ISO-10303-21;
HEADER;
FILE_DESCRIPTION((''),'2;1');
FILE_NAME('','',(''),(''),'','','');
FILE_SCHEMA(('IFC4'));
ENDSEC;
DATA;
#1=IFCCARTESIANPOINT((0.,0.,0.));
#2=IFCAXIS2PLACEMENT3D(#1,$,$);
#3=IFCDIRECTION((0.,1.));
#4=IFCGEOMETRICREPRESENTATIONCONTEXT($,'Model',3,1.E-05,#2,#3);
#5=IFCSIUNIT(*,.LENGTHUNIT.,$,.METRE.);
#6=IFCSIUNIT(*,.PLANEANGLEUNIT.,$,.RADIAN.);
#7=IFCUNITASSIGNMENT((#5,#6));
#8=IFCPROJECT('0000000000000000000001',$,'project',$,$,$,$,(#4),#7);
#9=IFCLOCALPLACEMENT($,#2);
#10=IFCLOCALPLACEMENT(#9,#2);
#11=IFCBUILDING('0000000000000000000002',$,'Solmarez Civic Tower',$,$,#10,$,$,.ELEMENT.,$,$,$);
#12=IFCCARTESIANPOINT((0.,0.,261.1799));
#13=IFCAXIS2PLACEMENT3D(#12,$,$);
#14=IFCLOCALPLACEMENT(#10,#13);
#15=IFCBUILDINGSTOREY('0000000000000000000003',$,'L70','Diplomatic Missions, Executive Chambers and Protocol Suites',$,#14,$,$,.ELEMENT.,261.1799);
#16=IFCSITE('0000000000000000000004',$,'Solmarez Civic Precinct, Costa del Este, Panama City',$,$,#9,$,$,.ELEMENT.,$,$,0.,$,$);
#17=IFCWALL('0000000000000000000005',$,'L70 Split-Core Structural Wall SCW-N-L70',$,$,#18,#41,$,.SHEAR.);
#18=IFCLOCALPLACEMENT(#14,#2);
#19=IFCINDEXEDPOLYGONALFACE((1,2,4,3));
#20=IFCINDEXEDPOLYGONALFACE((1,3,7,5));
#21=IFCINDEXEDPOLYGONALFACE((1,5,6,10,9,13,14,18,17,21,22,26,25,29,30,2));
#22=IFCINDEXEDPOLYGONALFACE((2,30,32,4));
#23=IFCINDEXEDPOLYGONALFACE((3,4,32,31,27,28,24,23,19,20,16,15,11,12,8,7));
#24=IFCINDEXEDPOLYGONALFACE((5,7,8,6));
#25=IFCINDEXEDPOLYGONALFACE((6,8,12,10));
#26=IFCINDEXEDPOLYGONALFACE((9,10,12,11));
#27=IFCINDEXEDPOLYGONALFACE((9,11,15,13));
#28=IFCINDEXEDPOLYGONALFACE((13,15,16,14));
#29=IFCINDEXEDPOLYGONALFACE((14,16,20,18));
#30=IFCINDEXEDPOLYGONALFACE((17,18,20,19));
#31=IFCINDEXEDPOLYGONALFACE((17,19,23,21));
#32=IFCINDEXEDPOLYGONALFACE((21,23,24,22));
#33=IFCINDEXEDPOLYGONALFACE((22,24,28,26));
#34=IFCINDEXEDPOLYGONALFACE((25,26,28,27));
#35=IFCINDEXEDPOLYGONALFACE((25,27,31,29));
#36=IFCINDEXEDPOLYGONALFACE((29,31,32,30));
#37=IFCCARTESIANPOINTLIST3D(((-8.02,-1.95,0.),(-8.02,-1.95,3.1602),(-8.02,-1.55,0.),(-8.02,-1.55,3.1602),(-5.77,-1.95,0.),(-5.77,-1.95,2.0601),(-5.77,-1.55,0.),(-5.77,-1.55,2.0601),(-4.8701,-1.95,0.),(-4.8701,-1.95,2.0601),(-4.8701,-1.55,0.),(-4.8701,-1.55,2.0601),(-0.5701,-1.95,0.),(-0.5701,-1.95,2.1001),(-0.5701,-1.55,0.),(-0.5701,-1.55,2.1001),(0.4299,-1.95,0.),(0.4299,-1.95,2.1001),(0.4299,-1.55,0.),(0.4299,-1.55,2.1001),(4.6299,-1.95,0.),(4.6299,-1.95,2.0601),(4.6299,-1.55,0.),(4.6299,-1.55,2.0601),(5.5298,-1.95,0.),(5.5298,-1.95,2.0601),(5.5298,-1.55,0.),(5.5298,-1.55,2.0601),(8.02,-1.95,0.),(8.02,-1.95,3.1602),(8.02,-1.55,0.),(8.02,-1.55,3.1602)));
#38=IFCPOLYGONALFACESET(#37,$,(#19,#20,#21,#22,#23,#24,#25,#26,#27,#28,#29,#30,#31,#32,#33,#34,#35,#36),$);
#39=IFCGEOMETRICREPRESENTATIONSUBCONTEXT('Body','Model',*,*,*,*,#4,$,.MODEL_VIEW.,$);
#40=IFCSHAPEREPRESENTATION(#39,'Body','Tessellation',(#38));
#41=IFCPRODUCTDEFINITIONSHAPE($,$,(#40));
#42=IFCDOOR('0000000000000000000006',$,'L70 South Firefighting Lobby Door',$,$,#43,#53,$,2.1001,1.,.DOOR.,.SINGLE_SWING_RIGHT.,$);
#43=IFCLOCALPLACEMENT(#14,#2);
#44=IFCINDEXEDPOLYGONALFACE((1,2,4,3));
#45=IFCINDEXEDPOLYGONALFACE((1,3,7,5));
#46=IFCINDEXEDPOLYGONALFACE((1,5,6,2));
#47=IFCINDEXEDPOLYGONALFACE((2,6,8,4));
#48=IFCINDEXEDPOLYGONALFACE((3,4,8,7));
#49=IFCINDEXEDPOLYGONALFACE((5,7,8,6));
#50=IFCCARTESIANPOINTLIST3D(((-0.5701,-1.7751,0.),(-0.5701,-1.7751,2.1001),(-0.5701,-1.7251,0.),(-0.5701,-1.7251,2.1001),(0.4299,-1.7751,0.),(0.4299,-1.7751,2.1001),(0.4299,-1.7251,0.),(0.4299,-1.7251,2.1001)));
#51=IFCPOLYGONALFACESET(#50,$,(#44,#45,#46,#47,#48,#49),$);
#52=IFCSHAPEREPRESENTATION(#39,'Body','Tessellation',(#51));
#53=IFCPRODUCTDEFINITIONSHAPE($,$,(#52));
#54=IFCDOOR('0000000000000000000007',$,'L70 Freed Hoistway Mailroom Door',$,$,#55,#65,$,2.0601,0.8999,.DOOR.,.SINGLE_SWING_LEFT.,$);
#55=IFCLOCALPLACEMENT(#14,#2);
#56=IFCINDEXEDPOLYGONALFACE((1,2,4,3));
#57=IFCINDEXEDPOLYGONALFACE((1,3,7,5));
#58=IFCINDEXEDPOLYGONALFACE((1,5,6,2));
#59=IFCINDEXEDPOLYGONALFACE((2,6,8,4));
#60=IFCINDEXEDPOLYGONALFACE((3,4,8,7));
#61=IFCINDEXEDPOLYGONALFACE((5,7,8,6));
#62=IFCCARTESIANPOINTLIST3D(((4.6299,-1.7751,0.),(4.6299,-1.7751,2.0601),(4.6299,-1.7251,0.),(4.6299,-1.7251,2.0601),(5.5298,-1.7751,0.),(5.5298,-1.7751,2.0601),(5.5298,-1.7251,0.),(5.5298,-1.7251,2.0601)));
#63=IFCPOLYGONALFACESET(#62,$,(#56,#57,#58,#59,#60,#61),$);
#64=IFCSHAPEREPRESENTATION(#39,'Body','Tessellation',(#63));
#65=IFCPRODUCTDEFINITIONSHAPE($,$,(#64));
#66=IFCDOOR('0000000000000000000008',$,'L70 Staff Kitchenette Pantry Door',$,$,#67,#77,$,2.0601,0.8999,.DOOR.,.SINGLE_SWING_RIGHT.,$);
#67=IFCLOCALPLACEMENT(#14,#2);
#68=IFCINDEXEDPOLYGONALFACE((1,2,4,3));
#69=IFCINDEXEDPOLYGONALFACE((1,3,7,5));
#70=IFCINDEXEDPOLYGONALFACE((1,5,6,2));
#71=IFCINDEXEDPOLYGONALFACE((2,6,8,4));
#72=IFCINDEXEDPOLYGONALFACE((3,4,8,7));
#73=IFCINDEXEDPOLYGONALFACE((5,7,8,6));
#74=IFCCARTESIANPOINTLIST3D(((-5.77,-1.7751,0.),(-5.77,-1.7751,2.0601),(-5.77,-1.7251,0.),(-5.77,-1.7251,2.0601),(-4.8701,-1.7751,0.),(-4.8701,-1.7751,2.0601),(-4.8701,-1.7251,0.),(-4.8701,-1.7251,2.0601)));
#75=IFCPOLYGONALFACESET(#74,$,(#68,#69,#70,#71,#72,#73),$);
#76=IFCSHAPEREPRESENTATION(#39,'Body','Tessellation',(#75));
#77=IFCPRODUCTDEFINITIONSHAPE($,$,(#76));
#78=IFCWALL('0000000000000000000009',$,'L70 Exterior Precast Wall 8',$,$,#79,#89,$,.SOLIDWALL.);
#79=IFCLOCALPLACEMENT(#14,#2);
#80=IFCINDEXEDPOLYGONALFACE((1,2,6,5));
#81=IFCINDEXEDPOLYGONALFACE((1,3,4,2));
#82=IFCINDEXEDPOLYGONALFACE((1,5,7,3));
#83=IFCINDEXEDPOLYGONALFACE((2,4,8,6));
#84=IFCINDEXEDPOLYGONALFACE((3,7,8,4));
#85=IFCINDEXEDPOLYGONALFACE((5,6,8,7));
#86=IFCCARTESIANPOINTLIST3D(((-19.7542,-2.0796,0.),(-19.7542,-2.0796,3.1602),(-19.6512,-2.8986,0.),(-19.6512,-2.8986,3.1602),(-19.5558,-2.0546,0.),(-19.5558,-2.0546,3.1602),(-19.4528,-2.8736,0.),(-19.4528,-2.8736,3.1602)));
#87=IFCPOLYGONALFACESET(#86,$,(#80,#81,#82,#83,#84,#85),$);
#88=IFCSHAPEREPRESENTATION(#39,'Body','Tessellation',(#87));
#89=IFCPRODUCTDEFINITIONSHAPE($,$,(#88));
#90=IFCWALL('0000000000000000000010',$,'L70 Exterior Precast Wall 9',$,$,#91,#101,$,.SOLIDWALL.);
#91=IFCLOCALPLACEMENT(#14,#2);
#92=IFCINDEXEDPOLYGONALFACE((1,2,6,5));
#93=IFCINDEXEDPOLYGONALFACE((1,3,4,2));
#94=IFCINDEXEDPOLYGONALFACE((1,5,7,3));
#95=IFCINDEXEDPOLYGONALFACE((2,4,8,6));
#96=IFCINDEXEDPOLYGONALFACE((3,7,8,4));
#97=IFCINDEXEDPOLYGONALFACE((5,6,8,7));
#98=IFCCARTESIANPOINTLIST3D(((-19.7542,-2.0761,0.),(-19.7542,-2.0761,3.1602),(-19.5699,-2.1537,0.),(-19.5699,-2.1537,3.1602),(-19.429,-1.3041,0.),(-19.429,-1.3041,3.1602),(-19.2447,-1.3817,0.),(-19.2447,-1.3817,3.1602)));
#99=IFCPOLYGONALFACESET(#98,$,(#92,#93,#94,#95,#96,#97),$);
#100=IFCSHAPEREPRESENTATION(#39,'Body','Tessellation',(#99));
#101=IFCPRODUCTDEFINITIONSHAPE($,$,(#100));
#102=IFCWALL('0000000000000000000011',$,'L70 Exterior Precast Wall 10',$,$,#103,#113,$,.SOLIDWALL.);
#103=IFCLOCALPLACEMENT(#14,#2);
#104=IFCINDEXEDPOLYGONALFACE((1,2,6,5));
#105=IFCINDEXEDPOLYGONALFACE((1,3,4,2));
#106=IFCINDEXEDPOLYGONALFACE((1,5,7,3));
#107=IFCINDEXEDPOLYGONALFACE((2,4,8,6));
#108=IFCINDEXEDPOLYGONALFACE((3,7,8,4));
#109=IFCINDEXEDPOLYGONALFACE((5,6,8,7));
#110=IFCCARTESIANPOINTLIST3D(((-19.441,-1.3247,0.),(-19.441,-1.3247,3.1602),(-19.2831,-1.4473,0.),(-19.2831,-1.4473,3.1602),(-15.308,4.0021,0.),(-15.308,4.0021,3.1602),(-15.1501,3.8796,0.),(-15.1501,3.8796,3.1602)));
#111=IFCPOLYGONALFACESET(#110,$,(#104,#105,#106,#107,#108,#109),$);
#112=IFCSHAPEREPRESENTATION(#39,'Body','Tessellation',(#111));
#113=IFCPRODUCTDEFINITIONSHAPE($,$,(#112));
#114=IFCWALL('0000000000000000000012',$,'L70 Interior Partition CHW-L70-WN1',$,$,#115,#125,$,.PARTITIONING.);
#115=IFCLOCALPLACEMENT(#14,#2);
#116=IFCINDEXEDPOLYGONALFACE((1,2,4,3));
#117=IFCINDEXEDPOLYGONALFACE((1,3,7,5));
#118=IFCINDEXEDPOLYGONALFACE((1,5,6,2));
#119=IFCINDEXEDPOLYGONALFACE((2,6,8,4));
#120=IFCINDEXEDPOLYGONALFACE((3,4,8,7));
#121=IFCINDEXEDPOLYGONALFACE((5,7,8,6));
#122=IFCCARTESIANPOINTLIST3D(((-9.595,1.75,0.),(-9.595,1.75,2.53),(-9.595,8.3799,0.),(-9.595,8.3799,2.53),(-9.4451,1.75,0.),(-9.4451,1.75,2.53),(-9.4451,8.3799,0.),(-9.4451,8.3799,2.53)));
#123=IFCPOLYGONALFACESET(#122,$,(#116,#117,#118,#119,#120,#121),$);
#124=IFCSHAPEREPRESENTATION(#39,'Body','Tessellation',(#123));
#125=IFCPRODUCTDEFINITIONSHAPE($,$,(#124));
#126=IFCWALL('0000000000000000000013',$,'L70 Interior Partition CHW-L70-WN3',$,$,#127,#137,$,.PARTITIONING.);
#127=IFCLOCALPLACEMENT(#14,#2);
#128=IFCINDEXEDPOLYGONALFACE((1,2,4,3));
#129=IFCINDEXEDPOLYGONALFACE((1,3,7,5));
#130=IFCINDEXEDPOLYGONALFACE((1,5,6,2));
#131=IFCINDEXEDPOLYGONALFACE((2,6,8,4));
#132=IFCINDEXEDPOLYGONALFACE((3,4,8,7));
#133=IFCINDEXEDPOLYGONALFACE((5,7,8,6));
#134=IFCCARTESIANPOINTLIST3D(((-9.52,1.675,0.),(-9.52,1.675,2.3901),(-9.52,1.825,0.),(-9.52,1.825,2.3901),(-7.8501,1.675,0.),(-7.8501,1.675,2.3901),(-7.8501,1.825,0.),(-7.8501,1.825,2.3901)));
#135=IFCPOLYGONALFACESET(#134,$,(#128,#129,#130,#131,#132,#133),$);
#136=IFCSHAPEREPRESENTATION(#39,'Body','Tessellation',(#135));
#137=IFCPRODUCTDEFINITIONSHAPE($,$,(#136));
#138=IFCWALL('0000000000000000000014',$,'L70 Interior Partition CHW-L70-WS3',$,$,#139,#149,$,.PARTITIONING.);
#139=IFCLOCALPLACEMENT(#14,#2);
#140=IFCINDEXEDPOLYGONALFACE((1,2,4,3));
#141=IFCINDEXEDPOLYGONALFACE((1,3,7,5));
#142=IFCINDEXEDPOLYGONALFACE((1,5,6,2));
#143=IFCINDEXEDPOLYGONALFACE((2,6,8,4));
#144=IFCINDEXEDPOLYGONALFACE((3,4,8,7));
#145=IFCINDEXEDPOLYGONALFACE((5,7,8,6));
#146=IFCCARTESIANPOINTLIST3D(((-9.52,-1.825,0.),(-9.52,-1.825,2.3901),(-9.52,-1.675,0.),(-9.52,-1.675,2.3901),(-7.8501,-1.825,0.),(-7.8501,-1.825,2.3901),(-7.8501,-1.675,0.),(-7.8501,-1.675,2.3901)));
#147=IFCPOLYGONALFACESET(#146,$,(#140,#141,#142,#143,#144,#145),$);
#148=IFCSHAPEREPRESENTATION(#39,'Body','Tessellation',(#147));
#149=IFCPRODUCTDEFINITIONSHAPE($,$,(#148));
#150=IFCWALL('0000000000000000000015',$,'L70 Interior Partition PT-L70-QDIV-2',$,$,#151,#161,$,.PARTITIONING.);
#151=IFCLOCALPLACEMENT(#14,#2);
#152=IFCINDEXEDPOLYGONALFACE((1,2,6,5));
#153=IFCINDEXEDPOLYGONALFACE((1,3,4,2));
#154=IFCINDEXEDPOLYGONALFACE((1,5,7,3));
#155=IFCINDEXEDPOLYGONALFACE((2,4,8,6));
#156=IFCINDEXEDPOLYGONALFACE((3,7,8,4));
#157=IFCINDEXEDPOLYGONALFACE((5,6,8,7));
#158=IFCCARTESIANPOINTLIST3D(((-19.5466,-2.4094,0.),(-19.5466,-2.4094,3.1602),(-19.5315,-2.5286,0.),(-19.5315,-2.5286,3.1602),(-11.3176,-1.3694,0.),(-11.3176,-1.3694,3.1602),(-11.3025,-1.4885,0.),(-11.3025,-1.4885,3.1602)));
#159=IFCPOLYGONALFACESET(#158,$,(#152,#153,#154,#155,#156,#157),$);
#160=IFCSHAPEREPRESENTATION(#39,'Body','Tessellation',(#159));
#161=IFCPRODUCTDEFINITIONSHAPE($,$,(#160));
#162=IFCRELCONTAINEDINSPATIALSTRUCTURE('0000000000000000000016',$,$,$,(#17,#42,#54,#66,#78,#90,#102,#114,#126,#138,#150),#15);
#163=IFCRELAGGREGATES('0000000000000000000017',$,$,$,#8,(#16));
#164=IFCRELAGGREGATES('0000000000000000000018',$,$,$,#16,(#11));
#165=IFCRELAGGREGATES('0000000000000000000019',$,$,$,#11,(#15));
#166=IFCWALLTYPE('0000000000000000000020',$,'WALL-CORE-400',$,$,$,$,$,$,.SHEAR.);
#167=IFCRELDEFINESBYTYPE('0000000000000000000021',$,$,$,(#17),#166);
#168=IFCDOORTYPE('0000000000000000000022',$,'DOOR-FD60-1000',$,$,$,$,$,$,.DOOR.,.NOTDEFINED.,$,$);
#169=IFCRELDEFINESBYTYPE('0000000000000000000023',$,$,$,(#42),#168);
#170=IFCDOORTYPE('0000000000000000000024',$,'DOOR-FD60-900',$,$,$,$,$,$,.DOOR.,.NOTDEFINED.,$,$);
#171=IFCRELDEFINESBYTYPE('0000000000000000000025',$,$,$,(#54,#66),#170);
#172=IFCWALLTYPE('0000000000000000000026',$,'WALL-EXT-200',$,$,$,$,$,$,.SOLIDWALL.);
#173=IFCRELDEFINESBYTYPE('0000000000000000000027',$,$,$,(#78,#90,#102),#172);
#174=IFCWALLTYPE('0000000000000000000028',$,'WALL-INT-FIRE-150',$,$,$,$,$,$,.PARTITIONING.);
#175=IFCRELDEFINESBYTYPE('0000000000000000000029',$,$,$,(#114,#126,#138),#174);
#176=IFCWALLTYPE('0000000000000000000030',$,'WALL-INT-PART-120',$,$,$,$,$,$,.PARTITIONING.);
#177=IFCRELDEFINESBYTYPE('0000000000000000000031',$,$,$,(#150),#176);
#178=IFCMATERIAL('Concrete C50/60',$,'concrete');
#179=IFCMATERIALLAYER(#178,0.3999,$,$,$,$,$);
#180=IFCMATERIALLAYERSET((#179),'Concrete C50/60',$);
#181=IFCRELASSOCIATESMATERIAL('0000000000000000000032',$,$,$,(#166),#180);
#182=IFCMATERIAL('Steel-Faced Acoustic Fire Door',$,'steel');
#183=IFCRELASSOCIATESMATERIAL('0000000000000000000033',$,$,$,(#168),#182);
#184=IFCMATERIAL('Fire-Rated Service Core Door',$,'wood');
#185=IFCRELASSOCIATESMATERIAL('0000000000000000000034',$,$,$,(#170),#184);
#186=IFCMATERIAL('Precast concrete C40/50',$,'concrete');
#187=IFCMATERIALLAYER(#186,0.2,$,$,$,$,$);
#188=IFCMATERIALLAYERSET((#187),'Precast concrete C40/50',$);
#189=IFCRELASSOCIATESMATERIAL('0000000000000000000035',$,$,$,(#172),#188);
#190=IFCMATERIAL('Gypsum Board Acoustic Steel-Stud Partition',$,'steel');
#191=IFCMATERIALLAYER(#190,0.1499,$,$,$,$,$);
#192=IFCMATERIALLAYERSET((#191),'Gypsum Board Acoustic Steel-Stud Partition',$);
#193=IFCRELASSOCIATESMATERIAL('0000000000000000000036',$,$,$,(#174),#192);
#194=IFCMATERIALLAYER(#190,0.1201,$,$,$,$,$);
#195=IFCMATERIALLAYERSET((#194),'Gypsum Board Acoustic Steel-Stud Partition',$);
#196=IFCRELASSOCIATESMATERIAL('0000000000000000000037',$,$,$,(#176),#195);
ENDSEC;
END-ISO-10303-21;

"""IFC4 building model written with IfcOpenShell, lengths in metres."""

from ifc_helpers import new_model, si_unit, direction, frame, frame_2d, origin, place, context, subcontext, project, spatial, rectangle, extrude, material, layer, layer_set, type_object, element, fill, save


model = new_model("IFC4")

# Units and contexts
model_context = context("Model", 3, precision=1e-05, world=origin(), true_north=direction((0.0, 1.0)))
body_context = subcontext(model_context, "Body", "Model", "MODEL_VIEW")
ifc_project = project(units=[si_unit("LENGTHUNIT", "METRE"), si_unit("PLANEANGLEUNIT", "RADIAN")], contexts=[model_context])

# Site, building, storey
site_placement = place(None, origin())
site = spatial("IfcSite", under=ifc_project, at=site_placement, Name="Solmarez Civic Precinct, Costa del Este, Panama City", CompositionType="ELEMENT", RefElevation=0.0)
building_placement = place(site_placement, origin())
building = spatial("IfcBuilding", under=site, at=building_placement, Name="Solmarez Civic Tower", CompositionType="ELEMENT")
storey_placement = place(building_placement, frame((0.0, 0.0, 261.1799)))
storey = spatial("IfcBuildingStorey", under=building, at=storey_placement, Name="L70", Description="Diplomatic Missions, Executive Chambers and Protocol Suites", CompositionType="ELEMENT", Elevation=261.1799)

# Shared definitions
ifc_material_1 = material(Name="Concrete C50/60", Category="concrete")

# Shared definitions
ifc_layer_1 = layer(ifc_material_1, 0.3999)
ifc_layer_set_1 = layer_set([ifc_layer_1], Name="Concrete C50/60")
wall_type_1 = type_object("IfcWallType", Name="WALL-CORE-400", PredefinedType="SHEAR", material=ifc_layer_set_1)

# Wall, openings, doors
wall_1_placement = place(storey_placement, frame((-8.02, -1.75, 0.0), z_axis=(0.0, 0.0, 1.0), x_axis=(1.0, 0.0, 0.0)))
wall_1 = element("IfcWall", 1, at=wall_1_placement, inside=storey, type_object=wall_type_1, Name="L70 Split-Core Structural Wall SCW-N-L70", PredefinedType="SHEAR", context=body_context, shape_type="SweptSolid", body=[
    extrude(rectangle(XDim=16.04, YDim=0.3999, at=frame_2d((8.02, 0.0))), origin(), (0.0, 0.0, 1.0), 3.1602),
])
opening_1_placement = place(wall_1_placement, frame((7.45, 0.0, 0.0)))
opening_1 = element("IfcOpeningElement", 2, at=opening_1_placement, cuts=wall_1, PredefinedType="OPENING", context=body_context, shape_type="SweptSolid", body=[
    extrude(rectangle(XDim=1.0, YDim=2.1001, at=frame_2d((0.5, 1.05))), frame((0.0, 0.21, 0.0), z_axis=(0.0, -1.0, 0.0), x_axis=(1.0, 0.0, 0.0)), (0.0, 0.0, 1.0), 0.4199),
])
opening_2_placement = place(wall_1_placement, frame((12.6499, 0.0, 0.0)))
opening_2 = element("IfcOpeningElement", 3, at=opening_2_placement, cuts=wall_1, PredefinedType="OPENING", context=body_context, shape_type="SweptSolid", body=[
    extrude(rectangle(XDim=0.8999, YDim=2.0601, at=frame_2d((0.45, 1.03))), frame((0.0, 0.21, 0.0), z_axis=(0.0, -1.0, 0.0), x_axis=(1.0, 0.0, 0.0)), (0.0, 0.0, 1.0), 0.4199),
])
opening_3_placement = place(wall_1_placement, frame((2.25, 0.0, 0.0)))
opening_3 = element("IfcOpeningElement", 4, at=opening_3_placement, cuts=wall_1, PredefinedType="OPENING", context=body_context, shape_type="SweptSolid", body=[
    extrude(rectangle(XDim=0.8999, YDim=2.0601, at=frame_2d((0.45, 1.03))), frame((0.0, 0.21, 0.0), z_axis=(0.0, -1.0, 0.0), x_axis=(1.0, 0.0, 0.0)), (0.0, 0.0, 1.0), 0.4199),
])
ifc_material_2 = material(Name="Steel-Faced Acoustic Fire Door", Category="steel")
door_type_1 = type_object("IfcDoorType", Name="DOOR-FD60-1000", OperationType="NOTDEFINED", PredefinedType="DOOR", material=ifc_material_2)
door_1_placement = place(opening_1_placement, origin())
door_1 = element("IfcDoor", 5, at=door_1_placement, inside=storey, type_object=door_type_1, Name="L70 South Firefighting Lobby Door", OperationType="SINGLE_SWING_RIGHT", OverallHeight=2.1001, OverallWidth=1.0, PredefinedType="DOOR", context=body_context, shape_type="SweptSolid", body=[
    extrude(rectangle(XDim=1.0, YDim=2.1001, at=frame_2d((0.5, 1.05))), frame((0.0, 0.0249, 0.0), z_axis=(0.0, -1.0, 0.0), x_axis=(1.0, 0.0, 0.0)), (0.0, 0.0, 1.0), 0.05),
])
fill(opening_1, door_1)
ifc_material_3 = material(Name="Fire-Rated Service Core Door", Category="wood")
door_type_2 = type_object("IfcDoorType", Name="DOOR-FD60-900", OperationType="NOTDEFINED", PredefinedType="DOOR", material=ifc_material_3)
door_2_placement = place(opening_2_placement, origin())
door_2 = element("IfcDoor", 6, at=door_2_placement, inside=storey, type_object=door_type_2, Name="L70 Freed Hoistway Mailroom Door", OperationType="SINGLE_SWING_LEFT", OverallHeight=2.0601, OverallWidth=0.8999, PredefinedType="DOOR", context=body_context, shape_type="SweptSolid", body=[
    extrude(rectangle(XDim=0.8999, YDim=2.0601, at=frame_2d((0.45, 1.03))), frame((0.0, 0.0249, 0.0), z_axis=(0.0, -1.0, 0.0), x_axis=(1.0, 0.0, 0.0)), (0.0, 0.0, 1.0), 0.05),
])
fill(opening_2, door_2)
door_3_placement = place(opening_3_placement, origin())
door_3 = element("IfcDoor", 7, at=door_3_placement, inside=storey, type_object=door_type_2, Name="L70 Staff Kitchenette Pantry Door", OperationType="SINGLE_SWING_RIGHT", OverallHeight=2.0601, OverallWidth=0.8999, PredefinedType="DOOR", context=body_context, shape_type="SweptSolid", body=[
    extrude(rectangle(XDim=0.8999, YDim=2.0601, at=frame_2d((0.45, 1.03))), frame((0.0, 0.0249, 0.0), z_axis=(0.0, -1.0, 0.0), x_axis=(1.0, 0.0, 0.0)), (0.0, 0.0, 1.0), 0.05),
])
fill(opening_3, door_3)

# Walls
ifc_material_4 = material(Name="Precast concrete C40/50", Category="concrete")
ifc_layer_2 = layer(ifc_material_4, 0.2)
ifc_layer_set_2 = layer_set([ifc_layer_2], Name="Precast concrete C40/50")
wall_type_2 = type_object("IfcWallType", Name="WALL-EXT-200", PredefinedType="SOLIDWALL", material=ifc_layer_set_2)
wall_2_placement = place(storey_placement, frame((-19.552, -2.886, 0.0), z_axis=(0.0, 0.0, 1.0), x_axis=(-0.124799, 0.992182, 0.0)))
element("IfcWall", 8, at=wall_2_placement, inside=storey, type_object=wall_type_2, Name="L70 Exterior Precast Wall 8", PredefinedType="SOLIDWALL", context=body_context, shape_type="SweptSolid", body=[
    extrude(rectangle(XDim=0.8254, YDim=0.2, at=frame_2d((0.4126, 0.0))), origin(), (0.0, 0.0, 1.0), 3.1602),
])
wall_3_placement = place(storey_placement, frame((-19.6621, -2.115, 0.0), z_axis=(0.0, 0.0, 1.0), x_axis=(0.388213, 0.92157, 0.0)))
element("IfcWall", 9, at=wall_3_placement, inside=storey, type_object=wall_type_2, Name="L70 Exterior Precast Wall 9", PredefinedType="SOLIDWALL", context=body_context, shape_type="SweptSolid", body=[
    extrude(rectangle(XDim=0.8376, YDim=0.2, at=frame_2d((0.4189, 0.0))), origin(), (0.0, 0.0, 1.0), 3.1602),
])
wall_4_placement = place(storey_placement, frame((-19.3621, -1.386, 0.0), z_axis=(0.0, 0.0, 1.0), x_axis=(0.613008, 0.790077, 0.0)))
element("IfcWall", 10, at=wall_4_placement, inside=storey, type_object=wall_type_2, Name="L70 Exterior Precast Wall 10", PredefinedType="SOLIDWALL", context=body_context, shape_type="SweptSolid", body=[
    extrude(rectangle(XDim=6.7422, YDim=0.2, at=frame_2d((3.3711, 0.0))), origin(), (0.0, 0.0, 1.0), 3.1602),
])
ifc_material_5 = material(Name="Gypsum Board Acoustic Steel-Stud Partition", Category="steel")
ifc_layer_3 = layer(ifc_material_5, 0.1499)
ifc_layer_set_3 = layer_set([ifc_layer_3], Name="Gypsum Board Acoustic Steel-Stud Partition")
wall_type_3 = type_object("IfcWallType", Name="WALL-INT-FIRE-150", PredefinedType="PARTITIONING", material=ifc_layer_set_3)
wall_5_placement = place(storey_placement, frame((-9.52, 1.75, 0.0), z_axis=(0.0, 0.0, 1.0), x_axis=(0.0, 1.0, 0.0)))
element("IfcWall", 11, at=wall_5_placement, inside=storey, type_object=wall_type_3, Name="L70 Interior Partition CHW-L70-WN1", PredefinedType="PARTITIONING", context=body_context, shape_type="SweptSolid", body=[
    extrude(rectangle(XDim=6.6299, YDim=0.1499, at=frame_2d((3.3149, 0.0))), origin(), (0.0, 0.0, 1.0), 2.53),
])
for number, where, z_axis, x_axis, name in (
    (12, (-7.8501, 1.75, 0.0), (0.0, 0.0, 1.0), (-1.0, 0.0, 0.0), "L70 Interior Partition CHW-L70-WN3"),
    (13, (-7.8501, -1.75, 0.0), (0.0, 0.0, 1.0), (-1.0, 0.0, 0.0), "L70 Interior Partition CHW-L70-WS3"),
):
    element("IfcWall", number, at=place(storey_placement, frame(where, z_axis=z_axis, x_axis=x_axis)), inside=storey, type_object=wall_type_3, Name=name, PredefinedType="PARTITIONING", context=body_context, shape_type="SweptSolid", body=[
        extrude(rectangle(XDim=1.6699, YDim=0.1499, at=frame_2d((0.835, 0.0))), origin(), (0.0, 0.0, 1.0), 2.3901),
    ])
ifc_layer_4 = layer(ifc_material_5, 0.1201)
ifc_layer_set_4 = layer_set([ifc_layer_4], Name="Gypsum Board Acoustic Steel-Stud Partition")
wall_type_4 = type_object("IfcWallType", Name="WALL-INT-PART-120", PredefinedType="PARTITIONING", material=ifc_layer_set_4)
wall_6_placement = place(storey_placement, frame((-11.3101, -1.429, 0.0), z_axis=(0.0, 0.0, 1.0), x_axis=(-0.992108, -0.125389, 0.0)))
element("IfcWall", 14, at=wall_6_placement, inside=storey, type_object=wall_type_4, Name="L70 Interior Partition PT-L70-QDIV-2", PredefinedType="PARTITIONING", context=body_context, shape_type="SweptSolid", body=[
    extrude(rectangle(XDim=8.2944, YDim=0.1201, at=frame_2d((4.1472, 0.0))), origin(), (0.0, 0.0, 1.0), 3.1602),
])

save(model, "model.ifc")
